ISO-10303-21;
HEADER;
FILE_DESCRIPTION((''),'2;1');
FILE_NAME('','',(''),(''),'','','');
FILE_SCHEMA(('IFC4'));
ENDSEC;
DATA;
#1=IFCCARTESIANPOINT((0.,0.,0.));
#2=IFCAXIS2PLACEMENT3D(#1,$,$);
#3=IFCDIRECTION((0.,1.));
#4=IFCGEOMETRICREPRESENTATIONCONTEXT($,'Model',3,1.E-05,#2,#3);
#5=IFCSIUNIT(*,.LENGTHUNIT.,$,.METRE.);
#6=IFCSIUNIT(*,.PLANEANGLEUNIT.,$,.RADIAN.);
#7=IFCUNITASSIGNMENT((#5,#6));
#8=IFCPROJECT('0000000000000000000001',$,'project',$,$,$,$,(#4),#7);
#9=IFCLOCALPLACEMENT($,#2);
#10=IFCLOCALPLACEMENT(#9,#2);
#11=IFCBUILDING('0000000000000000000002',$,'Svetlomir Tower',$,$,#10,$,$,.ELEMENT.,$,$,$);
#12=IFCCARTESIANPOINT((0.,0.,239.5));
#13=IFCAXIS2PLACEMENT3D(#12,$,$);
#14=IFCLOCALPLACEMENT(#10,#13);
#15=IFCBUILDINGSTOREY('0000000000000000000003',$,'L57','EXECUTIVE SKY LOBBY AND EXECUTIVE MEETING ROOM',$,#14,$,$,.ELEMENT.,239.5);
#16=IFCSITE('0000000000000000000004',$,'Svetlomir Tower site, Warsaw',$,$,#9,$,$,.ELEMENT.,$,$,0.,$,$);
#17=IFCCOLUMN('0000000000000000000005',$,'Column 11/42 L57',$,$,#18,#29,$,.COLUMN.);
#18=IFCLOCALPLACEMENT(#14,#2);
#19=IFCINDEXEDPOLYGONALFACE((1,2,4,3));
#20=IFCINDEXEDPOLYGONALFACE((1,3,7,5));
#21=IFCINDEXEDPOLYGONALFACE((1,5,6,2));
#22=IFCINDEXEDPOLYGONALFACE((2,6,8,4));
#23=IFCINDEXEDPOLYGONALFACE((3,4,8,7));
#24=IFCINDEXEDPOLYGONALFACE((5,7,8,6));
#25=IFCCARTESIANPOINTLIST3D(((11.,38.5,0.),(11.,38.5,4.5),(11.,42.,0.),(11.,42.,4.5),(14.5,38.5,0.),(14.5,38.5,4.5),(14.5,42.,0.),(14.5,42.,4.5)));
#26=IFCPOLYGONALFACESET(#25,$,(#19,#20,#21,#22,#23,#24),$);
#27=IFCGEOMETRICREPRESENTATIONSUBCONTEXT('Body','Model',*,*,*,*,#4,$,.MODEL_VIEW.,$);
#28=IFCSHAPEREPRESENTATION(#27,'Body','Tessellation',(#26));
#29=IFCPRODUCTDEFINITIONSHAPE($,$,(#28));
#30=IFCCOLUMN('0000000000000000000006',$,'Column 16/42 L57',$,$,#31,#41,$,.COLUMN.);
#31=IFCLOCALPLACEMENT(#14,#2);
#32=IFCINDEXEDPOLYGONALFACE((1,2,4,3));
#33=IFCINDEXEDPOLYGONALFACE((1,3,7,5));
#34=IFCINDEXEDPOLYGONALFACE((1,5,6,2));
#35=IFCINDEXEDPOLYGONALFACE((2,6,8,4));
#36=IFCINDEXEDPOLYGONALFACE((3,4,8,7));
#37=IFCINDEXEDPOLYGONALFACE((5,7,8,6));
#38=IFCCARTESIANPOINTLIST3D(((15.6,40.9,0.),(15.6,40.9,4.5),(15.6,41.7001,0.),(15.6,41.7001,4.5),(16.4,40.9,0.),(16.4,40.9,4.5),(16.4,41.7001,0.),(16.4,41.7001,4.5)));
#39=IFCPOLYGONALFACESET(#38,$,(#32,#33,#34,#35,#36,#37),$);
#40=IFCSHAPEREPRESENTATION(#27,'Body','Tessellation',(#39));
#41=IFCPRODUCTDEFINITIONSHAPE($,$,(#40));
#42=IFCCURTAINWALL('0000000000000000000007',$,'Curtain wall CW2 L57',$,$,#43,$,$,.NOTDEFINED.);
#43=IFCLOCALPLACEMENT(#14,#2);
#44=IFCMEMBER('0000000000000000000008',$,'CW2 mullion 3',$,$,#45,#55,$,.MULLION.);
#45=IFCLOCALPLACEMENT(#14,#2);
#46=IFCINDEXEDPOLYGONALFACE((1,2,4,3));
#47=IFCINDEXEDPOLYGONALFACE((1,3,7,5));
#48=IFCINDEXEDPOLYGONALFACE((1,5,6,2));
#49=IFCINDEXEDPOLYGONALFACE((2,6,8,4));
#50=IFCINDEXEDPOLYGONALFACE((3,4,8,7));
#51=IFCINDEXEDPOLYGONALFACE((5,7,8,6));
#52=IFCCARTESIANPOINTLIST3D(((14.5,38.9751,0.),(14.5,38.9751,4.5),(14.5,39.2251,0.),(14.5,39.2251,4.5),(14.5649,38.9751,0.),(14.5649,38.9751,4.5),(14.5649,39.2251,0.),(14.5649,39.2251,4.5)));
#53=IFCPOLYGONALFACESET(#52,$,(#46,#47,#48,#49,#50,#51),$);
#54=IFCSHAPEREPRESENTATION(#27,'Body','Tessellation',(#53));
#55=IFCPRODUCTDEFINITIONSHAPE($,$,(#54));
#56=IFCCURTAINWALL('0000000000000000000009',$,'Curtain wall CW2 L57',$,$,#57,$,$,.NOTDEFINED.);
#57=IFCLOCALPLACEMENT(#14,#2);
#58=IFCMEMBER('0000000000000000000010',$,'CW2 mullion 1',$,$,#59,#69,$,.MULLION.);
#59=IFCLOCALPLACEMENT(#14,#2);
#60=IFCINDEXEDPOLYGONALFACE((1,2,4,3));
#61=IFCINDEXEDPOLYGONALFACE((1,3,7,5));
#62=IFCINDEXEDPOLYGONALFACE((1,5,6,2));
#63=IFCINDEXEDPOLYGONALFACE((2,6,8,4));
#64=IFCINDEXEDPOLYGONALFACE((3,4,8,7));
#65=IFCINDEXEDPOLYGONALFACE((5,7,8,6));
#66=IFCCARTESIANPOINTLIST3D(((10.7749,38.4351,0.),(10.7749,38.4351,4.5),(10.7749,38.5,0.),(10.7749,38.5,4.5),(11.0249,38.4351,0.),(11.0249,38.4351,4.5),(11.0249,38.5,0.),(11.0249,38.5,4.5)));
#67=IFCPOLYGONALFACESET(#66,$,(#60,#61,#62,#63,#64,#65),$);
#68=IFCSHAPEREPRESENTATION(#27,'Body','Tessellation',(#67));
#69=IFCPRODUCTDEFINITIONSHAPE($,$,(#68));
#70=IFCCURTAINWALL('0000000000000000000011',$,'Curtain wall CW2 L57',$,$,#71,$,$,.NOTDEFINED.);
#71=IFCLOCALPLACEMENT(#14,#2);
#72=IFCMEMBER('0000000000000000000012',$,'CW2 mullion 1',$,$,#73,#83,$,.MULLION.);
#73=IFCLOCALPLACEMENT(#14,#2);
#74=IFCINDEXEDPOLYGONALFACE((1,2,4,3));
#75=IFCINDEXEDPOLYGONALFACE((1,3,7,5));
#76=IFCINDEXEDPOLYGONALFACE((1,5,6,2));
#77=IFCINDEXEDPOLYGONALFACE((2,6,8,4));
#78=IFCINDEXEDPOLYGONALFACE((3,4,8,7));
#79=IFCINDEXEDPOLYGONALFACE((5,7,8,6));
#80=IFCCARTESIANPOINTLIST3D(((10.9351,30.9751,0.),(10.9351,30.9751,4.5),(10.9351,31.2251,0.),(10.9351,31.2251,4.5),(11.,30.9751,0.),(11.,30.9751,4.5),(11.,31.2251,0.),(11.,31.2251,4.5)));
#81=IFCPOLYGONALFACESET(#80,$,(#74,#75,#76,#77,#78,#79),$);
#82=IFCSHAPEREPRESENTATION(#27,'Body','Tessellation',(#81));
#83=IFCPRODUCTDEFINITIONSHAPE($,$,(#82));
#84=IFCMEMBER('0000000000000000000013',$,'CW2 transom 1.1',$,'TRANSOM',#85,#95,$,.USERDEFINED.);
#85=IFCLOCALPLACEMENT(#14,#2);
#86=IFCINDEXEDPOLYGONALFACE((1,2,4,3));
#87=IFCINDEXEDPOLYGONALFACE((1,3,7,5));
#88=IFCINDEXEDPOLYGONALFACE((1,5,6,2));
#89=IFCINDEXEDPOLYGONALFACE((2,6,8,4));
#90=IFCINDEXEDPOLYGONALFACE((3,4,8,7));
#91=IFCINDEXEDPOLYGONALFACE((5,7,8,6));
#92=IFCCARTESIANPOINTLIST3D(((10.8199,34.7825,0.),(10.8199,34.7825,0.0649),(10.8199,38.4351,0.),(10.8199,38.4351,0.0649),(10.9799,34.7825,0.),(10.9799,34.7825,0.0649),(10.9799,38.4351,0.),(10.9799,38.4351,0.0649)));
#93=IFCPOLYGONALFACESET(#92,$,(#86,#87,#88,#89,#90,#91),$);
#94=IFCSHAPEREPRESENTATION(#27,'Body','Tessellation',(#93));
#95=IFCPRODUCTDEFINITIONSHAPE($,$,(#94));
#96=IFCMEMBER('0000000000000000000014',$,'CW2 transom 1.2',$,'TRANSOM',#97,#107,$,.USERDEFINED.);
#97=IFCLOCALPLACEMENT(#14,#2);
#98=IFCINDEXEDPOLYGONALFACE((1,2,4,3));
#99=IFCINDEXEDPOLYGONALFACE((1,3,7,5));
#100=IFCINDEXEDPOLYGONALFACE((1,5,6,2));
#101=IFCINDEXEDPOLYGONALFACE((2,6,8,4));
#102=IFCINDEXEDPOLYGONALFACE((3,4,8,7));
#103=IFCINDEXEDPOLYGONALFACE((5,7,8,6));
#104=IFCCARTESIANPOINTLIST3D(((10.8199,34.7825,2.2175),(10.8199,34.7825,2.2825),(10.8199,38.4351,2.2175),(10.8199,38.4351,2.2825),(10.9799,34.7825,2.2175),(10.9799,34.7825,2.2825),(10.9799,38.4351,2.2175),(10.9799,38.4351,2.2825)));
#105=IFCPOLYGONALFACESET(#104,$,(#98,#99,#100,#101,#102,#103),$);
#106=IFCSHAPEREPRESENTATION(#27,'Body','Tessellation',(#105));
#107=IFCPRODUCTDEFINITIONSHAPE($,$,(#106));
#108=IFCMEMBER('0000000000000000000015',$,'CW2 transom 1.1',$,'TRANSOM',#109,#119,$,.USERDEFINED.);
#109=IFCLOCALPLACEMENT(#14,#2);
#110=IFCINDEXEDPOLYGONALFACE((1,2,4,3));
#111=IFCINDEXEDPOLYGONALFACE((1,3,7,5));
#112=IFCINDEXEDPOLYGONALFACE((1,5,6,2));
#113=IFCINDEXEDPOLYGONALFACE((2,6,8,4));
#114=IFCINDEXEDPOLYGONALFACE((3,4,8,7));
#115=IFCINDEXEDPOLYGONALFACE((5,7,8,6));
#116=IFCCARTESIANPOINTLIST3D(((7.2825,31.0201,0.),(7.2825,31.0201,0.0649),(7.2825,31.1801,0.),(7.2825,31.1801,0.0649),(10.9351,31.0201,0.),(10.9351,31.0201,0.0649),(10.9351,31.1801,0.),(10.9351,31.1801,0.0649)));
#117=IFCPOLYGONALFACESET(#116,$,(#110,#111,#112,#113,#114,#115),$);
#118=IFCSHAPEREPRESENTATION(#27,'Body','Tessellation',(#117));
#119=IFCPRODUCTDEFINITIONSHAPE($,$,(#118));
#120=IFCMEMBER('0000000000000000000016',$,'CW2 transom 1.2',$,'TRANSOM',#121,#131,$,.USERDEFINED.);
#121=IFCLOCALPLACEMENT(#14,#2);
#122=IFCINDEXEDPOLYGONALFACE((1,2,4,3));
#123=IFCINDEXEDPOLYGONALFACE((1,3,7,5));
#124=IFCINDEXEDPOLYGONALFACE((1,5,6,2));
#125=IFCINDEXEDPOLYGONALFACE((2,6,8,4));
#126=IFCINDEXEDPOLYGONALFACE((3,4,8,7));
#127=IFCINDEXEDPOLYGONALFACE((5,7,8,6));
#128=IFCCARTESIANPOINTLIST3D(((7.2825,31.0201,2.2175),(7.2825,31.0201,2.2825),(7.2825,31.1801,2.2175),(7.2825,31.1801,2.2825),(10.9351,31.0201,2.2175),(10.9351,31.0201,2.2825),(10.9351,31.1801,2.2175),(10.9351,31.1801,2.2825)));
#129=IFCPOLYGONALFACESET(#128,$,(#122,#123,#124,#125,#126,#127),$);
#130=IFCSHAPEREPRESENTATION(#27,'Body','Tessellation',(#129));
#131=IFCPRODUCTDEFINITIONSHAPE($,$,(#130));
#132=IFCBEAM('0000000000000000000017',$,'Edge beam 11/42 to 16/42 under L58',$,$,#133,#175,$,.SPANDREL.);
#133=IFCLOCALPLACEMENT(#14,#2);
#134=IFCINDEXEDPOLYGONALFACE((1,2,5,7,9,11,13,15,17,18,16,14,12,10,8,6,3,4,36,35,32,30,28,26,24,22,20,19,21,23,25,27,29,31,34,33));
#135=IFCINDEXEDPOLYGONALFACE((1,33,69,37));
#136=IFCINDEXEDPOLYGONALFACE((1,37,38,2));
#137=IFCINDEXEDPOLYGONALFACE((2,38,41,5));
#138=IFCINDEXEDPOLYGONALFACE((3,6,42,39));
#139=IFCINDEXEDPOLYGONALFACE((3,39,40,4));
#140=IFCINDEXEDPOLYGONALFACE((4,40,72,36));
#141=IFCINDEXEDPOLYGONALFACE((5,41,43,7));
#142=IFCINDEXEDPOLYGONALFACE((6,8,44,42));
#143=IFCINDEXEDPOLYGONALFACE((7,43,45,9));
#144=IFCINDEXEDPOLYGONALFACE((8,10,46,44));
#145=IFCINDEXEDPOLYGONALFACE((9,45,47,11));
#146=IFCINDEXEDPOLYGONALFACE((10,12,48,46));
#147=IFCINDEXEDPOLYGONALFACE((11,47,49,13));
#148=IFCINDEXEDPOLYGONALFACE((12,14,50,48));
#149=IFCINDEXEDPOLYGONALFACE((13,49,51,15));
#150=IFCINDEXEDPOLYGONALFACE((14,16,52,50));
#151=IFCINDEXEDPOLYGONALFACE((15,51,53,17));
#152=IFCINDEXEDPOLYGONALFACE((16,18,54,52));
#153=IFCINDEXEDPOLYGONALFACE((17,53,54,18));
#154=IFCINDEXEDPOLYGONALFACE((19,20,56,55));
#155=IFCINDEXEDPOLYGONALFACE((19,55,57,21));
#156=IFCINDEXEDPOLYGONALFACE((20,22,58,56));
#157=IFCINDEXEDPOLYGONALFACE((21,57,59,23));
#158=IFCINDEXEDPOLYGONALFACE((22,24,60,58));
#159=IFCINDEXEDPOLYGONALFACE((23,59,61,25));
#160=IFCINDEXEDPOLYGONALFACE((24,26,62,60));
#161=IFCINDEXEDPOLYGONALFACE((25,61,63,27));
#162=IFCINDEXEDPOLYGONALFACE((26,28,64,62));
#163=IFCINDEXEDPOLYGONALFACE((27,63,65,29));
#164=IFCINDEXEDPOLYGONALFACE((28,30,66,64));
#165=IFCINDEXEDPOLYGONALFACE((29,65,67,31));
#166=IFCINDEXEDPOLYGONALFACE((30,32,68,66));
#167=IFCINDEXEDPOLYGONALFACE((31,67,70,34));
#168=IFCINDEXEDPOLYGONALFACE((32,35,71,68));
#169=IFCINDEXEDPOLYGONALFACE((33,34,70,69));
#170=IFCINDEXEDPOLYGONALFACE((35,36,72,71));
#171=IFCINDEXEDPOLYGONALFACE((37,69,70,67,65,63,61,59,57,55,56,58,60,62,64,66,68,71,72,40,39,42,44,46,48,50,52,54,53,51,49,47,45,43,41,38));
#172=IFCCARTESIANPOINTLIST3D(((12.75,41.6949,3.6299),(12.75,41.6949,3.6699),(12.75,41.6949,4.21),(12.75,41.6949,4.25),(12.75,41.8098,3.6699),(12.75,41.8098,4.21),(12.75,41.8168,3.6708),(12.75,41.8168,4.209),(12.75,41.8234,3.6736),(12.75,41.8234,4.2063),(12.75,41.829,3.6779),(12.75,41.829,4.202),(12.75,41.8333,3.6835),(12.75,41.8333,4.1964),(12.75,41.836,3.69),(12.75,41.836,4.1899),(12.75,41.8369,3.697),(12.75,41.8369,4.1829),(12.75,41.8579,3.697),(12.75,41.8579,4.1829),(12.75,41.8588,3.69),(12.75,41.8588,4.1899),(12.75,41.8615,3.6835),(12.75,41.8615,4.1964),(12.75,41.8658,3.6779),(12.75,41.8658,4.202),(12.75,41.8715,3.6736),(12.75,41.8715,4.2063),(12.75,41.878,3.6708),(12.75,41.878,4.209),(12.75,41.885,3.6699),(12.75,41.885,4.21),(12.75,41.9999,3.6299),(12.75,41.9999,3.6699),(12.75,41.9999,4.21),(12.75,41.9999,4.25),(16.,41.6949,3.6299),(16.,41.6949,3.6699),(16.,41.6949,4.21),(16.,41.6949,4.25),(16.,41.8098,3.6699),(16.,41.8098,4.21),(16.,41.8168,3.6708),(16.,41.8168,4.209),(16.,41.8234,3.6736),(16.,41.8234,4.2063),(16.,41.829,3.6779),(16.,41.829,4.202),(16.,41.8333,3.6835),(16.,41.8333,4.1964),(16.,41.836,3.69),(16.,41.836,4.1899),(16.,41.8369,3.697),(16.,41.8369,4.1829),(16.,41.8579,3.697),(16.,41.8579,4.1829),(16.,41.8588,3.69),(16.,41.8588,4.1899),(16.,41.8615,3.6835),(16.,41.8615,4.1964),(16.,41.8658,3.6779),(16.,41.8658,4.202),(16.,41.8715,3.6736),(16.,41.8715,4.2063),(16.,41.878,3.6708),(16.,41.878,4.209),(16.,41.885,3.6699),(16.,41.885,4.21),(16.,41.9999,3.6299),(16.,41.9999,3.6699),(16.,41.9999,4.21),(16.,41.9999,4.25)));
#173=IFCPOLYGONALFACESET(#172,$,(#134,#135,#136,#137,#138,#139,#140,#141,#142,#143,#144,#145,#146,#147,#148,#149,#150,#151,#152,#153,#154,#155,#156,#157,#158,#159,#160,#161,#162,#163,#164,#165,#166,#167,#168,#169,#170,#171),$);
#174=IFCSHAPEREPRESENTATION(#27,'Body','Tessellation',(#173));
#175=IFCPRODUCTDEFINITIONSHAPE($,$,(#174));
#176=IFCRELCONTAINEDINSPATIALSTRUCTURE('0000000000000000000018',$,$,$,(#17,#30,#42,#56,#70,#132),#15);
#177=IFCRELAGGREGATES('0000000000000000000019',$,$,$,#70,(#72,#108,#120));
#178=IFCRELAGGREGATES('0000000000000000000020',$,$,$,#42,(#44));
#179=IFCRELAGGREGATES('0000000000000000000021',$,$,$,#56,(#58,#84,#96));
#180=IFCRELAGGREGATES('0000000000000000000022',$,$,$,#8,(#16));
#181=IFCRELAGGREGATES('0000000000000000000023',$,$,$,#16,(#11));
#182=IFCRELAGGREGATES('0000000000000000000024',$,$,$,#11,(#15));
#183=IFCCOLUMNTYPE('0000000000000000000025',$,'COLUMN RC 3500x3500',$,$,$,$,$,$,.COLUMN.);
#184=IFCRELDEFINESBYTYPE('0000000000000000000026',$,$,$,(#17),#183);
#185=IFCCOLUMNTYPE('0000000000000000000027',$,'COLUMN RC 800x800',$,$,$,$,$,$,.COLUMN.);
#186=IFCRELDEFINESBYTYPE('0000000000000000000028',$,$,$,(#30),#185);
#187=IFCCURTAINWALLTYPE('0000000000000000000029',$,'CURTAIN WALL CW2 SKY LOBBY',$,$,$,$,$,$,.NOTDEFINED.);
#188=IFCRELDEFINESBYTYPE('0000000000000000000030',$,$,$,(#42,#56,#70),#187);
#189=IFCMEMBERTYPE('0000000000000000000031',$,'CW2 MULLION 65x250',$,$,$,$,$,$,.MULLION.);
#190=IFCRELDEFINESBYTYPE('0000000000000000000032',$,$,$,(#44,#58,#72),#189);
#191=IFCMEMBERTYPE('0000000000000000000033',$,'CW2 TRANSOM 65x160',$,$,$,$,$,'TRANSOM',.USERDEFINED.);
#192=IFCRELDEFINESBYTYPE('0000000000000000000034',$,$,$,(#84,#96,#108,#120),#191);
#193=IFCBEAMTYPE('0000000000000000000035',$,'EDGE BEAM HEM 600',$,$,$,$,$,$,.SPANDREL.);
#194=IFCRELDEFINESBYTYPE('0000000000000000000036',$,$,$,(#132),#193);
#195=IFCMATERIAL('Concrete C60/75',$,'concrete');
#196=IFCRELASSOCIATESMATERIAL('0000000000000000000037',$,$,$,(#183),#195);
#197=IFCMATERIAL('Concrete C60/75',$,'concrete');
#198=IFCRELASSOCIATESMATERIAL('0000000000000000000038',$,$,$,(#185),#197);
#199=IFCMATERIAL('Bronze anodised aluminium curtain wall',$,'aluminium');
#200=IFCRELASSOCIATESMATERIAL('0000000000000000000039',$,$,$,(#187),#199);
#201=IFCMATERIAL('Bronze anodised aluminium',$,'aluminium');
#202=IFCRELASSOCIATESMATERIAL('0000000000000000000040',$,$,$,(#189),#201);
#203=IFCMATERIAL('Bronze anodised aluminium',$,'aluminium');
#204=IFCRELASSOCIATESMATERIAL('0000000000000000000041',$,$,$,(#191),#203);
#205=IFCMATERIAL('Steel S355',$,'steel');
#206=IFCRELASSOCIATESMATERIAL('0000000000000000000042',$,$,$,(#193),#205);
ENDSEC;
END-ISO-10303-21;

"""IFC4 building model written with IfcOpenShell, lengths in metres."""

from ifc_helpers import new_model, si_unit, direction, frame, origin, origin_2d, place, context, subcontext, project, spatial, rectangle, i_section, extrude, material, material_profile, profile_set, type_object, element, aggregate, save


model = new_model("IFC4")

# Units and contexts
model_context = context("Model", 3, precision=1e-05, world=origin(), true_north=direction((0.0, 1.0)))
body_context = subcontext(model_context, "Body", "Model", "MODEL_VIEW")
ifc_project = project(units=[si_unit("LENGTHUNIT", "METRE"), si_unit("PLANEANGLEUNIT", "RADIAN")], contexts=[model_context])

# Site, building, storey
site_placement = place(None, origin())
site = spatial("IfcSite", under=ifc_project, at=site_placement, Name="Svetlomir Tower site, Warsaw", CompositionType="ELEMENT", RefElevation=0.0)
building_placement = place(site_placement, origin())
building = spatial("IfcBuilding", under=site, at=building_placement, Name="Svetlomir Tower", CompositionType="ELEMENT")
storey_placement = place(building_placement, frame((0.0, 0.0, 239.5)))
storey = spatial("IfcBuildingStorey", under=building, at=storey_placement, Name="L57", Description="EXECUTIVE SKY LOBBY AND EXECUTIVE MEETING ROOM", CompositionType="ELEMENT", Elevation=239.5)

# Columns
ifc_material_1 = material(Name="Concrete C60/75", Category="concrete")
ifc_material_profile_1 = material_profile(ifc_material_1, rectangle(XDim=3.5, YDim=3.5, at=origin_2d()), Name="RC 3500x3500")
ifc_profile_set_1 = profile_set([ifc_material_profile_1], Name="Concrete C60/75")
column_type_1 = type_object("IfcColumnType", Name="COLUMN RC 3500x3500", PredefinedType="COLUMN", material=ifc_profile_set_1)
column_1_placement = place(storey_placement, frame((12.75, 40.25, 0.0), z_axis=(0.0, 0.0, 1.0), x_axis=(1.0, 0.0, 0.0)))
element("IfcColumn", 1, at=column_1_placement, inside=storey, type_object=column_type_1, Name="Column 11/42 L57", PredefinedType="COLUMN", context=body_context, shape_type="SweptSolid", body=[
    extrude(rectangle(XDim=3.5, YDim=3.5, at=origin_2d()), origin(), (0.0, 0.0, 1.0), 4.5),
])
ifc_material_2 = material(Name="Concrete C60/75", Category="concrete")
ifc_material_profile_2 = material_profile(ifc_material_2, rectangle(XDim=0.8, YDim=0.8, at=origin_2d()), Name="RC 800x800")
ifc_profile_set_2 = profile_set([ifc_material_profile_2], Name="Concrete C60/75")
column_type_2 = type_object("IfcColumnType", Name="COLUMN RC 800x800", PredefinedType="COLUMN", material=ifc_profile_set_2)
column_2_placement = place(storey_placement, frame((16.0, 41.3, 0.0), z_axis=(0.0, 0.0, 1.0), x_axis=(1.0, 0.0, 0.0)))
element("IfcColumn", 2, at=column_2_placement, inside=storey, type_object=column_type_2, Name="Column 16/42 L57", PredefinedType="COLUMN", context=body_context, shape_type="SweptSolid", body=[
    extrude(rectangle(XDim=0.8, YDim=0.8, at=origin_2d()), origin(), (0.0, 0.0, 1.0), 4.5),
])

# Curtain walls, members
ifc_material_3 = material(Name="Bronze anodised aluminium curtain wall", Category="aluminium")
curtain_wall_type = type_object("IfcCurtainWallType", Name="CURTAIN WALL CW2 SKY LOBBY", PredefinedType="NOTDEFINED", material=ifc_material_3)
curtain_wall_1_placement = place(storey_placement, origin())
curtain_wall_1 = element("IfcCurtainWall", 3, at=curtain_wall_1_placement, inside=storey, type_object=curtain_wall_type, Name="Curtain wall CW2 L57", PredefinedType="NOTDEFINED")
ifc_material_4 = material(Name="Bronze anodised aluminium", Category="aluminium")
ifc_material_profile_3 = material_profile(ifc_material_4, rectangle(XDim=0.0649, YDim=0.25, at=origin_2d()), Name="AL 65x250")
ifc_profile_set_3 = profile_set([ifc_material_profile_3], Name="Bronze anodised aluminium 6063-T6")
member_type_1 = type_object("IfcMemberType", Name="CW2 MULLION 65x250", PredefinedType="MULLION", material=ifc_profile_set_3)
member_1_placement = place(storey_placement, frame((14.5325, 39.1001, 0.0), z_axis=(0.0, 0.0, 1.0), x_axis=(-1.0, 0.0, 0.0)))
member_1 = element("IfcMember", 4, at=member_1_placement, type_object=member_type_1, Name="CW2 mullion 3", PredefinedType="MULLION", context=body_context, shape_type="SweptSolid", body=[
    extrude(rectangle(XDim=0.0649, YDim=0.25, at=origin_2d()), origin(), (0.0, 0.0, 1.0), 4.5),
])
curtain_wall_2_placement = place(storey_placement, origin())
curtain_wall_2 = element("IfcCurtainWall", 5, at=curtain_wall_2_placement, inside=storey, type_object=curtain_wall_type, Name="Curtain wall CW2 L57", PredefinedType="NOTDEFINED")
member_2_placement = place(storey_placement, frame((10.8999, 38.4675, 0.0), z_axis=(0.0, 0.0, 1.0), x_axis=(0.0, -1.0, 0.0)))
member_2 = element("IfcMember", 6, at=member_2_placement, type_object=member_type_1, Name="CW2 mullion 1", PredefinedType="MULLION", context=body_context, shape_type="SweptSolid", body=[
    extrude(rectangle(XDim=0.0649, YDim=0.25, at=origin_2d()), origin(), (0.0, 0.0, 1.0), 4.5),
])
curtain_wall_3_placement = place(storey_placement, origin())
curtain_wall_3 = element("IfcCurtainWall", 7, at=curtain_wall_3_placement, inside=storey, type_object=curtain_wall_type, Name="Curtain wall CW2 L57", PredefinedType="NOTDEFINED")
member_3_placement = place(storey_placement, frame((10.9675, 31.1001, 0.0), z_axis=(0.0, 0.0, 1.0), x_axis=(-1.0, 0.0, 0.0)))
member_3 = element("IfcMember", 8, at=member_3_placement, type_object=member_type_1, Name="CW2 mullion 1", PredefinedType="MULLION", context=body_context, shape_type="SweptSolid", body=[
    extrude(rectangle(XDim=0.0649, YDim=0.25, at=origin_2d()), origin(), (0.0, 0.0, 1.0), 4.5),
])

# Members
ifc_material_5 = material(Name="Bronze anodised aluminium", Category="aluminium")
ifc_material_profile_4 = material_profile(ifc_material_5, rectangle(XDim=0.1599, YDim=0.0649, at=origin_2d()), Name="AL 160x65")
ifc_profile_set_4 = profile_set([ifc_material_profile_4], Name="Bronze anodised aluminium 6063-T6")
member_type_2 = type_object("IfcMemberType", Name="CW2 TRANSOM 65x160", ElementType="TRANSOM", PredefinedType="USERDEFINED", material=ifc_profile_set_4)
member_4_placement = place(storey_placement, frame((10.8999, 38.4351, 0.0325), z_axis=(0.0, -1.0, 0.0), x_axis=(1.0, 0.0, 0.0)))
member_4 = element("IfcMember", 9, at=member_4_placement, type_object=member_type_2, Name="CW2 transom 1.1", ObjectType="TRANSOM", PredefinedType="USERDEFINED", context=body_context, shape_type="SweptSolid", body=[
    extrude(rectangle(XDim=0.1599, YDim=0.0649, at=origin_2d()), origin(), (0.0, 0.0, 1.0), 3.6526),
])
member_5_placement = place(storey_placement, frame((10.8999, 38.4351, 2.25), z_axis=(0.0, -1.0, 0.0), x_axis=(1.0, 0.0, 0.0)))
member_5 = element("IfcMember", 10, at=member_5_placement, type_object=member_type_2, Name="CW2 transom 1.2", ObjectType="TRANSOM", PredefinedType="USERDEFINED", context=body_context, shape_type="SweptSolid", body=[
    extrude(rectangle(XDim=0.1599, YDim=0.0649, at=origin_2d()), origin(), (0.0, 0.0, 1.0), 3.6526),
])
member_6_placement = place(storey_placement, frame((10.9351, 31.1001, 0.0325), z_axis=(-1.0, 0.0, 0.0), x_axis=(0.0, -1.0, 0.0)))
member_6 = element("IfcMember", 11, at=member_6_placement, type_object=member_type_2, Name="CW2 transom 1.1", ObjectType="TRANSOM", PredefinedType="USERDEFINED", context=body_context, shape_type="SweptSolid", body=[
    extrude(rectangle(XDim=0.1599, YDim=0.0649, at=origin_2d()), origin(), (0.0, 0.0, 1.0), 3.6526),
])
member_7_placement = place(storey_placement, frame((10.9351, 31.1001, 2.25), z_axis=(-1.0, 0.0, 0.0), x_axis=(0.0, -1.0, 0.0)))
member_7 = element("IfcMember", 12, at=member_7_placement, type_object=member_type_2, Name="CW2 transom 1.2", ObjectType="TRANSOM", PredefinedType="USERDEFINED", context=body_context, shape_type="SweptSolid", body=[
    extrude(rectangle(XDim=0.1599, YDim=0.0649, at=origin_2d()), origin(), (0.0, 0.0, 1.0), 3.6526),
])
aggregate(curtain_wall_3, [member_3, member_6, member_7])

# Beam
ifc_material_6 = material(Name="Steel S355", Category="steel")
ifc_material_profile_5 = material_profile(ifc_material_6, i_section(OverallWidth=0.3049, OverallDepth=0.6201, WebThickness=0.021, FlangeThickness=0.04, FilletRadius=0.0271, at=origin_2d()), Name="HEM 600")
ifc_profile_set_5 = profile_set([ifc_material_profile_5], Name="Steel S355")
beam_type_1 = type_object("IfcBeamType", Name="EDGE BEAM HEM 600", PredefinedType="SPANDREL", material=ifc_profile_set_5)
beam_1_placement = place(storey_placement, frame((12.75, 41.8474, 3.9399), z_axis=(1.0, 0.0, 0.0), x_axis=(0.0, 1.0, 0.0)))
element("IfcBeam", 13, at=beam_1_placement, inside=storey, type_object=beam_type_1, Name="Edge beam 11/42 to 16/42 under L58", PredefinedType="SPANDREL", context=body_context, shape_type="SweptSolid", body=[
    extrude(i_section(OverallWidth=0.3049, OverallDepth=0.6201, WebThickness=0.021, FlangeThickness=0.04, FilletRadius=0.0271, at=origin_2d()), origin(), (0.0, 0.0, 1.0), 3.25),
])

aggregate(curtain_wall_1, [member_1])
aggregate(curtain_wall_2, [member_2, member_4, member_5])

save(model, "model.ifc")
